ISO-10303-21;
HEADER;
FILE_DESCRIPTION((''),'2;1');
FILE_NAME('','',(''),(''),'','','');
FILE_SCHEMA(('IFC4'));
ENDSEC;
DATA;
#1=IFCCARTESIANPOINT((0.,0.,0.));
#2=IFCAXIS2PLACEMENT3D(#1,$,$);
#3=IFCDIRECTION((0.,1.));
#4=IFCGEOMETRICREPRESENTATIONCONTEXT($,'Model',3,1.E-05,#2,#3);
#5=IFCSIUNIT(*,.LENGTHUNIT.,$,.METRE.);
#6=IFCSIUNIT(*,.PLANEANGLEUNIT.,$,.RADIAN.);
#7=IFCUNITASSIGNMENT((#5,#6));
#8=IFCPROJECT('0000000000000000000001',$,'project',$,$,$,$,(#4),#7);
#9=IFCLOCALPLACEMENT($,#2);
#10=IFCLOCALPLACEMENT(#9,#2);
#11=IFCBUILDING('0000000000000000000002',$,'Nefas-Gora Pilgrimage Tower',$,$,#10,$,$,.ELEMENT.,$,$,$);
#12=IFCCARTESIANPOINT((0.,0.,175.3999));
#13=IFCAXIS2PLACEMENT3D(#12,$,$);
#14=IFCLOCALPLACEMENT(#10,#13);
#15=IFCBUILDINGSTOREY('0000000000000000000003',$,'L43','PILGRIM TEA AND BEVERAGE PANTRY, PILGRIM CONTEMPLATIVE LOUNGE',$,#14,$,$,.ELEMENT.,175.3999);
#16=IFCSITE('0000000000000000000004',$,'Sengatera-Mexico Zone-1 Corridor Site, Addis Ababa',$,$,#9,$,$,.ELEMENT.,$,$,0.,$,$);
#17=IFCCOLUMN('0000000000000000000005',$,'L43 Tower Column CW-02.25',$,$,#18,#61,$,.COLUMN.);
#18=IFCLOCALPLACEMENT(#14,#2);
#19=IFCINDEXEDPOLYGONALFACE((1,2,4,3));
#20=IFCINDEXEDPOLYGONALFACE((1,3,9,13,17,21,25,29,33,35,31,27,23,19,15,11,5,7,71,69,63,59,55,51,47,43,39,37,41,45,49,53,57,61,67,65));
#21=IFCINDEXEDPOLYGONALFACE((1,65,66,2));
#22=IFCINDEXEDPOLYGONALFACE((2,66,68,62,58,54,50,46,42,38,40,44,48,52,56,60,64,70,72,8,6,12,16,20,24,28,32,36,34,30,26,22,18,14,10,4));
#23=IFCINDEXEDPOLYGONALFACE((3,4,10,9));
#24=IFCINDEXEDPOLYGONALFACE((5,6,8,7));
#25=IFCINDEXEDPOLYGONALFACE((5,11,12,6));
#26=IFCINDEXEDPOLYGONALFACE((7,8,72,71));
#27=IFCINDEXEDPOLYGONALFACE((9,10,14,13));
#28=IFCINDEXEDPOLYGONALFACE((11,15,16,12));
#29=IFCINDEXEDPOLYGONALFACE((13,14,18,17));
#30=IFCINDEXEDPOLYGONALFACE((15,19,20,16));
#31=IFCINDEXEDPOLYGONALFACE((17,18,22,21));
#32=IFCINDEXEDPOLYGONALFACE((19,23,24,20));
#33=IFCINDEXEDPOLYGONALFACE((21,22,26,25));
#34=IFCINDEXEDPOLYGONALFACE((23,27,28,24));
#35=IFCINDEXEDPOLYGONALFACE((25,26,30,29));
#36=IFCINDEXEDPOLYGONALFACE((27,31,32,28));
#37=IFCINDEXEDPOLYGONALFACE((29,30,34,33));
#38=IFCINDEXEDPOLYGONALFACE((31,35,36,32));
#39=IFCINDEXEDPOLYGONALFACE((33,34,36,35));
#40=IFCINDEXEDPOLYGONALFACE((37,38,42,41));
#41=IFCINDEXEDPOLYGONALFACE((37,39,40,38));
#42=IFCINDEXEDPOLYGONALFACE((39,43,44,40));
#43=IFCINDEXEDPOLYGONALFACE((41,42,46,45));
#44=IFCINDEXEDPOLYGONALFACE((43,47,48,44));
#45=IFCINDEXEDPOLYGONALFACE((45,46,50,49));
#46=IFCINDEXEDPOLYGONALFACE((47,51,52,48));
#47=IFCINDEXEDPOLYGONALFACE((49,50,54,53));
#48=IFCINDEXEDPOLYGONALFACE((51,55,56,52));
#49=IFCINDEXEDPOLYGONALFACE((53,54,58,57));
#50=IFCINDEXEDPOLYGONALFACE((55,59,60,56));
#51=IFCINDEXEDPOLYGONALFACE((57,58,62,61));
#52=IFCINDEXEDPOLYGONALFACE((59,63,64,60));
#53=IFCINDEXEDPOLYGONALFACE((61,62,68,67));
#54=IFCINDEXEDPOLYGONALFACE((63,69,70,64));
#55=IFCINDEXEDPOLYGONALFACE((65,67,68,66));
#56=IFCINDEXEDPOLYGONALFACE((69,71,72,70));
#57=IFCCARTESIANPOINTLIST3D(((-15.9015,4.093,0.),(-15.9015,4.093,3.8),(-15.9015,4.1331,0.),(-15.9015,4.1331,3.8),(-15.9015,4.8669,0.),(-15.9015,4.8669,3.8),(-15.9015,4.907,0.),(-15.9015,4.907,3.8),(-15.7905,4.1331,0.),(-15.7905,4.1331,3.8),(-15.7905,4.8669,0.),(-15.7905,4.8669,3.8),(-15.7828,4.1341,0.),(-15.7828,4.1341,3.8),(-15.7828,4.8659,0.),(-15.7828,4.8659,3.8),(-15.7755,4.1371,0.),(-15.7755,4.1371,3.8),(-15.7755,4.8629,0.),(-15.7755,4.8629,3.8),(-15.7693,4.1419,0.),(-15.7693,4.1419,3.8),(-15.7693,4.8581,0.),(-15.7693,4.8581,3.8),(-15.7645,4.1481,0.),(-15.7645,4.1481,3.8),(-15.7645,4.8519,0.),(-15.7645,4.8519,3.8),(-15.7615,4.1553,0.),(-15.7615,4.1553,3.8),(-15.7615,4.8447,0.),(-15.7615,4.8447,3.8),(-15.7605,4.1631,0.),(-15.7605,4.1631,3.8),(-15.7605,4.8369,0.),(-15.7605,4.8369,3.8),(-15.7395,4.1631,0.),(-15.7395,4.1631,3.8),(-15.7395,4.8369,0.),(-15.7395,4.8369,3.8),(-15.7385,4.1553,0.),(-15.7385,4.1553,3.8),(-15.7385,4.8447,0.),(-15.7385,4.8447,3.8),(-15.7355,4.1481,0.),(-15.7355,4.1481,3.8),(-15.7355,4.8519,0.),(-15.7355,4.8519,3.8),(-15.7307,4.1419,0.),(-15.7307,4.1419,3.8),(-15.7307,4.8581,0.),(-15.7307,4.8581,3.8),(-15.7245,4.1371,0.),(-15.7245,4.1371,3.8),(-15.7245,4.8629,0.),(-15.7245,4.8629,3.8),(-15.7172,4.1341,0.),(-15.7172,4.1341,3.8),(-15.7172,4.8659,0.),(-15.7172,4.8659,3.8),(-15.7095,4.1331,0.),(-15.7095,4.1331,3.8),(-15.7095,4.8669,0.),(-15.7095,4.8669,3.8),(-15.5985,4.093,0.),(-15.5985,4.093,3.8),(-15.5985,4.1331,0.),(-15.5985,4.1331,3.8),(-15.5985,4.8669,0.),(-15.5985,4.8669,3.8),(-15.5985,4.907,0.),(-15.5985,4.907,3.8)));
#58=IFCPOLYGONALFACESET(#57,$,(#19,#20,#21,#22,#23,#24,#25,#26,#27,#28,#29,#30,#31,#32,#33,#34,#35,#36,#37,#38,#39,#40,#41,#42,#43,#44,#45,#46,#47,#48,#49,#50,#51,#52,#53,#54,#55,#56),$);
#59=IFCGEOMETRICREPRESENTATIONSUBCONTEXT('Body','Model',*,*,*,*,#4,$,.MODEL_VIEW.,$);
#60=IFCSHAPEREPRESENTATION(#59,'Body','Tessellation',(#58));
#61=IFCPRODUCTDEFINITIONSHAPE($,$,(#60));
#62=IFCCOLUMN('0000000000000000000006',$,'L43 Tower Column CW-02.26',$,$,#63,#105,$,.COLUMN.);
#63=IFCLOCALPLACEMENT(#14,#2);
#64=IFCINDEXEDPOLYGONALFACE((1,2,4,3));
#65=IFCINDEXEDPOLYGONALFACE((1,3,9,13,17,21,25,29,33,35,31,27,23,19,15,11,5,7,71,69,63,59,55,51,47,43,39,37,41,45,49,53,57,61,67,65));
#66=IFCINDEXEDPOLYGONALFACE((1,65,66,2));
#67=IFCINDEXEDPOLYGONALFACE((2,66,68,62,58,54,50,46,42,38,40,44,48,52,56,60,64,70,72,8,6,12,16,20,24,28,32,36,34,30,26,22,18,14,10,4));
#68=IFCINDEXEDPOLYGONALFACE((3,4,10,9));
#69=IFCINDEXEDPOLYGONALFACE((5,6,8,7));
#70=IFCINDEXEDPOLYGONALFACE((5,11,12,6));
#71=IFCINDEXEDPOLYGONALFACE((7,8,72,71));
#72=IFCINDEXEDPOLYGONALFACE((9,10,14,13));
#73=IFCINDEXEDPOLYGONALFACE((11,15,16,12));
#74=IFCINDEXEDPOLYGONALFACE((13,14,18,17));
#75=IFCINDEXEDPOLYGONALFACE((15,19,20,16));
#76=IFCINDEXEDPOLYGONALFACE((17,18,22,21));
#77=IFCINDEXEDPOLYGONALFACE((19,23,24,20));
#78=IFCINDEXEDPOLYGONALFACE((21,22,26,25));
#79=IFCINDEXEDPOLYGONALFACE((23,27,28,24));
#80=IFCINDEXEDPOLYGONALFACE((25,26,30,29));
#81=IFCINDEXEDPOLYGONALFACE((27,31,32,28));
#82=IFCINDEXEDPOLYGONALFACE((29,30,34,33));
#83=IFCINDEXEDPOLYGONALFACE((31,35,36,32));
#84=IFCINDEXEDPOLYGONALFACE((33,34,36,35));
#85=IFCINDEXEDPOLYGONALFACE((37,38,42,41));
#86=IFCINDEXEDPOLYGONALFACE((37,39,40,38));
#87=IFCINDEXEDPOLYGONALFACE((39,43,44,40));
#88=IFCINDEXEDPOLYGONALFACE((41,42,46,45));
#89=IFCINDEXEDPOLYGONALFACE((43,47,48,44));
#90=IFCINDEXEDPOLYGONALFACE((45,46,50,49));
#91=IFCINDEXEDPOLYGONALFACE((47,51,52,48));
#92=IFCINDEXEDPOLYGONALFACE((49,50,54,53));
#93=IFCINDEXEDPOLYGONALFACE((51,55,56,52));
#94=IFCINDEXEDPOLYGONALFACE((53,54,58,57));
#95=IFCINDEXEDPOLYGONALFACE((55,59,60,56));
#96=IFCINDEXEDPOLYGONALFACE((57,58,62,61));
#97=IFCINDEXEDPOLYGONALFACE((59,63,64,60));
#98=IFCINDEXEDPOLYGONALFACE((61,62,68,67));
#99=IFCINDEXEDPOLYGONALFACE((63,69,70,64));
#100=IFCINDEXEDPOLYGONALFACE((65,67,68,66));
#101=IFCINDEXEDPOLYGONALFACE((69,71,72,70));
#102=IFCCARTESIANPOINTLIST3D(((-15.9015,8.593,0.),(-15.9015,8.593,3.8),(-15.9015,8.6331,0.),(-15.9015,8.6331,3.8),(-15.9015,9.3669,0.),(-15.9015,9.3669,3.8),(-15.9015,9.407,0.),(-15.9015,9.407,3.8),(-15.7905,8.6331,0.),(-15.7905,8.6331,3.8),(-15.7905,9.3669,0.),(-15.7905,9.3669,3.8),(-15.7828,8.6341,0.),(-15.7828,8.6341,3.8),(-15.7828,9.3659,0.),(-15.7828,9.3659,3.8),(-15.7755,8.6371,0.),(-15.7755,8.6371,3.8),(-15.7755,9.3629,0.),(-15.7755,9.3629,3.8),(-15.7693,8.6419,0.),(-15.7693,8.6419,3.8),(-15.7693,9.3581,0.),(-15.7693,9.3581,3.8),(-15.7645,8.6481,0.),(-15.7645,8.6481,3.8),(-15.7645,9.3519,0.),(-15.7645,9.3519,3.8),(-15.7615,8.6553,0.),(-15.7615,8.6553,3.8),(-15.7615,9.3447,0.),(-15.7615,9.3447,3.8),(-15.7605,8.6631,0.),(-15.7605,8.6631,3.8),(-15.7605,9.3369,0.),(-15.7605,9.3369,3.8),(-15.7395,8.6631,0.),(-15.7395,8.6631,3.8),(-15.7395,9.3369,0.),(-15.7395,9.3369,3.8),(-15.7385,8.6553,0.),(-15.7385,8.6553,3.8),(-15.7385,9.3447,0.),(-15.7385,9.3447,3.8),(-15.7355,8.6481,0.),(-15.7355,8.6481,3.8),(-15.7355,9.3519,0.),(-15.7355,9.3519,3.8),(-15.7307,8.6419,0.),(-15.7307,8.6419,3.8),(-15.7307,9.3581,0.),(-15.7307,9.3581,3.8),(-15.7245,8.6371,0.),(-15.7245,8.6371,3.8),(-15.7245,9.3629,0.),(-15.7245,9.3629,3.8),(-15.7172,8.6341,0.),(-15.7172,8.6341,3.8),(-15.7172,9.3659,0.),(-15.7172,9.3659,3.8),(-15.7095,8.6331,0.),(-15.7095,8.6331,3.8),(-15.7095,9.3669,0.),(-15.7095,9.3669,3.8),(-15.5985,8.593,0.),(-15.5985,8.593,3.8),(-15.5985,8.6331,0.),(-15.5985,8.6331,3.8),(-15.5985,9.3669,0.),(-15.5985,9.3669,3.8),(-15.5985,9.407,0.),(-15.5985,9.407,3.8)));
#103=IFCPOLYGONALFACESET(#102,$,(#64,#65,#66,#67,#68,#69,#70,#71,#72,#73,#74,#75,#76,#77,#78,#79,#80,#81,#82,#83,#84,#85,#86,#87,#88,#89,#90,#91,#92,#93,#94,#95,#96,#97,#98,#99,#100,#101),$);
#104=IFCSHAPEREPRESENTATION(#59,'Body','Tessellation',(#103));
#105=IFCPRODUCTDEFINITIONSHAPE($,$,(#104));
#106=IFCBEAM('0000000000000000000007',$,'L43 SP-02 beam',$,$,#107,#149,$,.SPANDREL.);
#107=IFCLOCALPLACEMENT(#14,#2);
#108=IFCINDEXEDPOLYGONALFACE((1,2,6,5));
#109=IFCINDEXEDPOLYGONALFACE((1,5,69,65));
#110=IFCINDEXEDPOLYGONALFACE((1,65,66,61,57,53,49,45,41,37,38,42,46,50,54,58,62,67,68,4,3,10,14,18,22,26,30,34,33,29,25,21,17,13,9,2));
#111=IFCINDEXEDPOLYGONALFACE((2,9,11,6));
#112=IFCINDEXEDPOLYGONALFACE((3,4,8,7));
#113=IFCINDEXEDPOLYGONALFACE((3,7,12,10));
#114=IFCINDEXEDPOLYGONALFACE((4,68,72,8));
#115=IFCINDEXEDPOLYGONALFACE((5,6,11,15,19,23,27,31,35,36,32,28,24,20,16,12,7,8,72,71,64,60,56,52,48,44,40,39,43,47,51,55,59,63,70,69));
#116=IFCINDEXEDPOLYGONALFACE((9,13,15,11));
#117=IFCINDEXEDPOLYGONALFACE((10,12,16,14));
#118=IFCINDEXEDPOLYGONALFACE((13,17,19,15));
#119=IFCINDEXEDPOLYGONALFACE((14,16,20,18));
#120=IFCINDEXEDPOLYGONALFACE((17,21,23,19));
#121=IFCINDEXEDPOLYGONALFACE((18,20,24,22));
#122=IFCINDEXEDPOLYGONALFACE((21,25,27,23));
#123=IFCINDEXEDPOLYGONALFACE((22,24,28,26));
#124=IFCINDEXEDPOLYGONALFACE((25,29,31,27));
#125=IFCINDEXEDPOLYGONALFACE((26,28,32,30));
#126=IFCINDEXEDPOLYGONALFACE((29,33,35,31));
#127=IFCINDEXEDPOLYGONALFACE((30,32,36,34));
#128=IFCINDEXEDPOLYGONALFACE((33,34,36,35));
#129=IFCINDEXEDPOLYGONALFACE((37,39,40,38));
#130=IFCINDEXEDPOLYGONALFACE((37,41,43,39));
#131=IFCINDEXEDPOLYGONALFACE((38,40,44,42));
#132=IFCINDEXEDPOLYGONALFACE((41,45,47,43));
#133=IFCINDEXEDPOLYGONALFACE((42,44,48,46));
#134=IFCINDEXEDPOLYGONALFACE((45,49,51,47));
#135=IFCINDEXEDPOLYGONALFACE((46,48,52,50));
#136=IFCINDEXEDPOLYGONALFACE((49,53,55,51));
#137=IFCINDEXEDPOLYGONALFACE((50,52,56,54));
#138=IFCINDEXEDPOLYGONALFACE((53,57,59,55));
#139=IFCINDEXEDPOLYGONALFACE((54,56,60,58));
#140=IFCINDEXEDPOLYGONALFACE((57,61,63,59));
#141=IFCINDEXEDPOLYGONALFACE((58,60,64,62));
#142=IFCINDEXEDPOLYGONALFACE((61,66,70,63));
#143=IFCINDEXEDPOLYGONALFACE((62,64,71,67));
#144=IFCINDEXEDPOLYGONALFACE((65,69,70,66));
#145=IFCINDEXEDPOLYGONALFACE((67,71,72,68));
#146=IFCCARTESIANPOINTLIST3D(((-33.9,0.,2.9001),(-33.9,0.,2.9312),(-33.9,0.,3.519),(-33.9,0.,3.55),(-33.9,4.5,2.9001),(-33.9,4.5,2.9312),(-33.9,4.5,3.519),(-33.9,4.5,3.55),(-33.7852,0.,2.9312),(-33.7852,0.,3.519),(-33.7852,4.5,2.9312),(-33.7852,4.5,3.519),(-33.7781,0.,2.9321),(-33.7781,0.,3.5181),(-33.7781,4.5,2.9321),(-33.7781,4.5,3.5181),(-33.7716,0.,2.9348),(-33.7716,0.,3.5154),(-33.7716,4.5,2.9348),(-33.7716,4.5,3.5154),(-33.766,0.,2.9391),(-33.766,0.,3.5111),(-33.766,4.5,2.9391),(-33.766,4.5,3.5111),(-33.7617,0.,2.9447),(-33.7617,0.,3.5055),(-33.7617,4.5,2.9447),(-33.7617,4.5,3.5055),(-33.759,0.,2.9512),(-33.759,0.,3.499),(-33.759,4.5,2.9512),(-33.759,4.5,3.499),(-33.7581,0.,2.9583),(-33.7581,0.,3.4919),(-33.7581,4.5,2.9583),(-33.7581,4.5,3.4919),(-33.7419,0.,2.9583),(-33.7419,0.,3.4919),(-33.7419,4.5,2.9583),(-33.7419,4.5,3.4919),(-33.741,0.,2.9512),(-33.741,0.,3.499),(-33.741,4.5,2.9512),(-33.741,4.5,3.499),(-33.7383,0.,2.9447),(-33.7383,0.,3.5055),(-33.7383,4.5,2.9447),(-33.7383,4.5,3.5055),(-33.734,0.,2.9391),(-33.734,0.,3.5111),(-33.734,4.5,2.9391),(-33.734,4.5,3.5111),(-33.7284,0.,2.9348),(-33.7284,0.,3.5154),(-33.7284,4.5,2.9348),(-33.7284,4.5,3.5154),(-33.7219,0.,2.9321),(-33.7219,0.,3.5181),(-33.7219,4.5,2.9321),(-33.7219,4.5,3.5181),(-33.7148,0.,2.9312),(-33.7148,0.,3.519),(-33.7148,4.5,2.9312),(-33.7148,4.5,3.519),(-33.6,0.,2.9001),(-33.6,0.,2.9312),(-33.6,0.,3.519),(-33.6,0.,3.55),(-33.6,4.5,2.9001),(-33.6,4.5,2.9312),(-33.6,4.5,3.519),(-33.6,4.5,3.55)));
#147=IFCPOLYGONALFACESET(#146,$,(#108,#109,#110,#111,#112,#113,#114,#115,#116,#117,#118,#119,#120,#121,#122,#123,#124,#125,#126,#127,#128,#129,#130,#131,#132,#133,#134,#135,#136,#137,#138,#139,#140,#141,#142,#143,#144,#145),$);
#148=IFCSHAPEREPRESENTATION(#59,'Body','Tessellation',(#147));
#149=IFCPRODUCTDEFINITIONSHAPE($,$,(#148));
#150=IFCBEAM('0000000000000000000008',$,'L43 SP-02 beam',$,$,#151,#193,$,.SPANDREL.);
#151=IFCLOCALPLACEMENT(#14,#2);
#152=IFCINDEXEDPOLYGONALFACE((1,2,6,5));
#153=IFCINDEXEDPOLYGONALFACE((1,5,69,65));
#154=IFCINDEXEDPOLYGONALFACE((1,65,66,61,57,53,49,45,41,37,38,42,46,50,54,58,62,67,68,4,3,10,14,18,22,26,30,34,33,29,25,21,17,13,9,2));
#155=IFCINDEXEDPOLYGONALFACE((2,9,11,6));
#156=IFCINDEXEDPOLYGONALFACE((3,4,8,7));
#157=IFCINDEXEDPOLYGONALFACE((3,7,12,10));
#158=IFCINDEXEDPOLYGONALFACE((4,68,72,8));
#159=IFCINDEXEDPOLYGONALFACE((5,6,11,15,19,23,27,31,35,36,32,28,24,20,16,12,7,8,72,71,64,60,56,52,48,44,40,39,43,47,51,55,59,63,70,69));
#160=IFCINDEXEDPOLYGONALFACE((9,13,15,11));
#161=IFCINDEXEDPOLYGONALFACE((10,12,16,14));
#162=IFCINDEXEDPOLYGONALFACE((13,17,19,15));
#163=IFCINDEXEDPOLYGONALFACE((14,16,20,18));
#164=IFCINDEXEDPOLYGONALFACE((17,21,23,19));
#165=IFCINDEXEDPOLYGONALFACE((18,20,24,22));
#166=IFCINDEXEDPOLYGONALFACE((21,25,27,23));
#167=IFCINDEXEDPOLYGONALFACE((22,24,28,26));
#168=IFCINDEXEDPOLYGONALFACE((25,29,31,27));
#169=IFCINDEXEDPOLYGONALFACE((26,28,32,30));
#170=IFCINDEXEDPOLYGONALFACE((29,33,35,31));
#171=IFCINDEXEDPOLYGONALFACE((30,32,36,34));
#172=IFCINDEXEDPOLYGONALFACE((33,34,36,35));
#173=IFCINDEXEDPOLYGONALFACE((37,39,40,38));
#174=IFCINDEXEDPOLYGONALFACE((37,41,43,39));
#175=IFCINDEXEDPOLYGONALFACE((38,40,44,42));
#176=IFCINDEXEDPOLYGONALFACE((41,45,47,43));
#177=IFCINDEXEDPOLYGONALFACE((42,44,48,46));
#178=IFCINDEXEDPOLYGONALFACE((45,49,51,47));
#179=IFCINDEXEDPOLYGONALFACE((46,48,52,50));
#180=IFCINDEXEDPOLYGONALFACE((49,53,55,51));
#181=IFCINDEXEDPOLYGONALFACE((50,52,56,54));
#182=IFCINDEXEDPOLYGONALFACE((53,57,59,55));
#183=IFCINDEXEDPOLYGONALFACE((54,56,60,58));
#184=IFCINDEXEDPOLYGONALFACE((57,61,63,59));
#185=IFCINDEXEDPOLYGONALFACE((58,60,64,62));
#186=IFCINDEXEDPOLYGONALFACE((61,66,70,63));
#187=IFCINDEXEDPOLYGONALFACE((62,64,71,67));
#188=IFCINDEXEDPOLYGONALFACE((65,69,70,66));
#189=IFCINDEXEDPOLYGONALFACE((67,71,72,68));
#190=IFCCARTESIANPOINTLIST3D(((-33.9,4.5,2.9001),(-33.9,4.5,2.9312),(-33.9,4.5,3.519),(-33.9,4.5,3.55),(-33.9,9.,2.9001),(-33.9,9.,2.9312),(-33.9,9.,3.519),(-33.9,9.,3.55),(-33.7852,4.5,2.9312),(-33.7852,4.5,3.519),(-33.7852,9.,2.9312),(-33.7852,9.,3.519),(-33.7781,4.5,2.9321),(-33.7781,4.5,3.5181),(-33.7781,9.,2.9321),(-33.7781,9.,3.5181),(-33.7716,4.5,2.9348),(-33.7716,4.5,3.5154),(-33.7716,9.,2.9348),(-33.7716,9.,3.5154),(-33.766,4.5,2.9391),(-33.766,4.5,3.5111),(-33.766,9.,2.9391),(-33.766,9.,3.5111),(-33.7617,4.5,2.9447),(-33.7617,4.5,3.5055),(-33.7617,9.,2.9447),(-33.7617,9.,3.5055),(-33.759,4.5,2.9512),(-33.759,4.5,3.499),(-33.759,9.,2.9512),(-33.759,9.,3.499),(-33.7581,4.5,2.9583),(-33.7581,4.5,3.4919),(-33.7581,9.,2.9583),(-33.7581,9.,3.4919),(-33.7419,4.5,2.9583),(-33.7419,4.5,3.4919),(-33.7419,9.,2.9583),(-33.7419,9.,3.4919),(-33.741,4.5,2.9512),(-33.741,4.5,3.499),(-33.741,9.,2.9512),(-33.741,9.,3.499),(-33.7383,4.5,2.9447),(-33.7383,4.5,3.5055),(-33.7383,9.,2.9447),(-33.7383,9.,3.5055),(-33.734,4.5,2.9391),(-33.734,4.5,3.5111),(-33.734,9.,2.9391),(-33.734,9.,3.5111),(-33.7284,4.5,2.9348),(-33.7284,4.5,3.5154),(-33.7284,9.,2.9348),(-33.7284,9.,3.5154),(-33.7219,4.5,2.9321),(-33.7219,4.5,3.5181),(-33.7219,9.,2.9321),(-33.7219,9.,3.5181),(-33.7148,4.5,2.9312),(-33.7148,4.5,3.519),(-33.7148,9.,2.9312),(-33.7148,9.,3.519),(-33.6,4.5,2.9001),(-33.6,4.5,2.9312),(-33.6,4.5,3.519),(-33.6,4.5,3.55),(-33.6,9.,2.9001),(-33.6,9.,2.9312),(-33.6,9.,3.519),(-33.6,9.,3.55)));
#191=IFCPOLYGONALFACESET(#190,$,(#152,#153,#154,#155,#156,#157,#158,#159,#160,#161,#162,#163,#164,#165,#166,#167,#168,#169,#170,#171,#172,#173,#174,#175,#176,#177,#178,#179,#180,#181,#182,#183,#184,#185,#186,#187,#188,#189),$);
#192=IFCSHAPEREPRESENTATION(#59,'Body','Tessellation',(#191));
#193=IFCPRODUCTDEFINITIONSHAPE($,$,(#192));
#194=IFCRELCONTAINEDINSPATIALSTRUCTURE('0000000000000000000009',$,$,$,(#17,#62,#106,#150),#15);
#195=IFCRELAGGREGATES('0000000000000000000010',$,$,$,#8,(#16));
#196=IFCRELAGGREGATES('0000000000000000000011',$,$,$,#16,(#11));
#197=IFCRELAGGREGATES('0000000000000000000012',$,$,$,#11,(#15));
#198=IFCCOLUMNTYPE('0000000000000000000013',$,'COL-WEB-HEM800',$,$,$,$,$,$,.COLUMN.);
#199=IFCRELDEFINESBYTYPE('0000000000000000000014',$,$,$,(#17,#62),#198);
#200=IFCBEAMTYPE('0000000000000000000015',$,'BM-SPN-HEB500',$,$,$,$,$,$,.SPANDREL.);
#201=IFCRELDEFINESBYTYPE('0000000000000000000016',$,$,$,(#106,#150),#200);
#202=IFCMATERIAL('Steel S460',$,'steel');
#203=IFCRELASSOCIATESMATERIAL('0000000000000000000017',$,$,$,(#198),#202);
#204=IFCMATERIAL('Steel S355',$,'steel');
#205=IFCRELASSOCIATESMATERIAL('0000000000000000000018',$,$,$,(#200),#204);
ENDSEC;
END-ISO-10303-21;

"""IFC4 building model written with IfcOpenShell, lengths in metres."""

from ifc_helpers import new_model, si_unit, direction, frame, origin, origin_2d, place, context, subcontext, project, spatial, i_section, extrude, source, transform, mapped, material, material_profile, profile_set, type_object, element, save


model = new_model("IFC4")

# Units and contexts
model_context = context("Model", 3, precision=1e-05, world=origin(), true_north=direction((0.0, 1.0)))
body_context = subcontext(model_context, "Body", "Model", "MODEL_VIEW")
ifc_project = project(units=[si_unit("LENGTHUNIT", "METRE"), si_unit("PLANEANGLEUNIT", "RADIAN")], contexts=[model_context])

# Site, building, storey
site_placement = place(None, origin())
site = spatial("IfcSite", under=ifc_project, at=site_placement, Name="Sengatera-Mexico Zone-1 Corridor Site, Addis Ababa", CompositionType="ELEMENT", RefElevation=0.0)
building_placement = place(site_placement, origin())
building = spatial("IfcBuilding", under=site, at=building_placement, Name="Nefas-Gora Pilgrimage Tower", CompositionType="ELEMENT")
storey_placement = place(building_placement, frame((0.0, 0.0, 175.3999)))
storey = spatial("IfcBuildingStorey", under=building, at=storey_placement, Name="L43", Description="PILGRIM TEA AND BEVERAGE PANTRY, PILGRIM CONTEMPLATIVE LOUNGE", CompositionType="ELEMENT", Elevation=175.3999)

# Columns
ifc_material_1 = material(Name="Steel S460", Category="steel")
ifc_material_profile_1 = material_profile(ifc_material_1, i_section(OverallWidth=0.303, OverallDepth=0.814, WebThickness=0.021, FlangeThickness=0.04, FilletRadius=0.03, at=origin_2d()), Name="HEM 800")
ifc_profile_set_1 = profile_set([ifc_material_profile_1], Name="Steel S460")
column_type_1 = type_object("IfcColumnType", Name="COL-WEB-HEM800", PredefinedType="COLUMN", material=ifc_profile_set_1)
shared_shape_1 = source(origin(), body_context, "Body", "SweptSolid", [
    extrude(i_section(OverallWidth=0.303, OverallDepth=0.814, WebThickness=0.021, FlangeThickness=0.04, FilletRadius=0.03, at=origin_2d()), origin(), (0.0, 0.0, 1.0), 3.8),
])
for number, where, z_axis, x_axis, name in (
    (1, (-15.75, 4.5, 0.0), (0.0, 0.0, 1.0), (1.0, 0.0, 0.0), "L43 Tower Column CW-02.25"),
    (2, (-15.75, 9.0, 0.0), (0.0, 0.0, 1.0), (1.0, 0.0, 0.0), "L43 Tower Column CW-02.26"),
):
    element("IfcColumn", number, at=place(storey_placement, frame(where, z_axis=z_axis, x_axis=x_axis)), inside=storey, type_object=column_type_1, Name=name, PredefinedType="COLUMN", context=body_context, shape_type="MappedRepresentation", body=[
        mapped(shared_shape_1, transform((0.0, 0.0, 0.0), x_axis=(1.0, 0.0, 0.0), y_axis=(0.0, 1.0, 0.0), z_axis=(0.0, 0.0, 1.0), scale=1.0)),
    ])

# Beams
ifc_material_2 = material(Name="Steel S355", Category="steel")
ifc_material_profile_2 = material_profile(ifc_material_2, i_section(OverallWidth=0.3, OverallDepth=0.6499, WebThickness=0.0161, FlangeThickness=0.031, FilletRadius=0.0271, at=origin_2d()), Name="HEB 650")
ifc_profile_set_2 = profile_set([ifc_material_profile_2], Name="Steel S355")
beam_type_1 = type_object("IfcBeamType", Name="BM-SPN-HEB500", PredefinedType="SPANDREL", material=ifc_profile_set_2)
shared_shape_2 = source(origin(), body_context, "Body", "SweptSolid", [
    extrude(i_section(OverallWidth=0.3, OverallDepth=0.6499, WebThickness=0.0161, FlangeThickness=0.031, FilletRadius=0.0271, at=origin_2d()), origin(), (0.0, 0.0, 1.0), 4.5),
])
for number, where, z_axis, x_axis, name in (
    (3, (-33.75, 0.0, 3.2251), (0.0, 1.0, 0.0), (-1.0, 0.0, 0.0), "L43 SP-02 beam"),
    (4, (-33.75, 4.5, 3.2251), (0.0, 1.0, 0.0), (-1.0, 0.0, 0.0), "L43 SP-02 beam"),
):
    element("IfcBeam", number, at=place(storey_placement, frame(where, z_axis=z_axis, x_axis=x_axis)), inside=storey, type_object=beam_type_1, Name=name, PredefinedType="SPANDREL", context=body_context, shape_type="MappedRepresentation", body=[
        mapped(shared_shape_2, transform((0.0, 0.0, 0.0), x_axis=(1.0, 0.0, 0.0), y_axis=(0.0, 1.0, 0.0), z_axis=(0.0, 0.0, 1.0), scale=1.0)),
    ])

save(model, "model.ifc")
